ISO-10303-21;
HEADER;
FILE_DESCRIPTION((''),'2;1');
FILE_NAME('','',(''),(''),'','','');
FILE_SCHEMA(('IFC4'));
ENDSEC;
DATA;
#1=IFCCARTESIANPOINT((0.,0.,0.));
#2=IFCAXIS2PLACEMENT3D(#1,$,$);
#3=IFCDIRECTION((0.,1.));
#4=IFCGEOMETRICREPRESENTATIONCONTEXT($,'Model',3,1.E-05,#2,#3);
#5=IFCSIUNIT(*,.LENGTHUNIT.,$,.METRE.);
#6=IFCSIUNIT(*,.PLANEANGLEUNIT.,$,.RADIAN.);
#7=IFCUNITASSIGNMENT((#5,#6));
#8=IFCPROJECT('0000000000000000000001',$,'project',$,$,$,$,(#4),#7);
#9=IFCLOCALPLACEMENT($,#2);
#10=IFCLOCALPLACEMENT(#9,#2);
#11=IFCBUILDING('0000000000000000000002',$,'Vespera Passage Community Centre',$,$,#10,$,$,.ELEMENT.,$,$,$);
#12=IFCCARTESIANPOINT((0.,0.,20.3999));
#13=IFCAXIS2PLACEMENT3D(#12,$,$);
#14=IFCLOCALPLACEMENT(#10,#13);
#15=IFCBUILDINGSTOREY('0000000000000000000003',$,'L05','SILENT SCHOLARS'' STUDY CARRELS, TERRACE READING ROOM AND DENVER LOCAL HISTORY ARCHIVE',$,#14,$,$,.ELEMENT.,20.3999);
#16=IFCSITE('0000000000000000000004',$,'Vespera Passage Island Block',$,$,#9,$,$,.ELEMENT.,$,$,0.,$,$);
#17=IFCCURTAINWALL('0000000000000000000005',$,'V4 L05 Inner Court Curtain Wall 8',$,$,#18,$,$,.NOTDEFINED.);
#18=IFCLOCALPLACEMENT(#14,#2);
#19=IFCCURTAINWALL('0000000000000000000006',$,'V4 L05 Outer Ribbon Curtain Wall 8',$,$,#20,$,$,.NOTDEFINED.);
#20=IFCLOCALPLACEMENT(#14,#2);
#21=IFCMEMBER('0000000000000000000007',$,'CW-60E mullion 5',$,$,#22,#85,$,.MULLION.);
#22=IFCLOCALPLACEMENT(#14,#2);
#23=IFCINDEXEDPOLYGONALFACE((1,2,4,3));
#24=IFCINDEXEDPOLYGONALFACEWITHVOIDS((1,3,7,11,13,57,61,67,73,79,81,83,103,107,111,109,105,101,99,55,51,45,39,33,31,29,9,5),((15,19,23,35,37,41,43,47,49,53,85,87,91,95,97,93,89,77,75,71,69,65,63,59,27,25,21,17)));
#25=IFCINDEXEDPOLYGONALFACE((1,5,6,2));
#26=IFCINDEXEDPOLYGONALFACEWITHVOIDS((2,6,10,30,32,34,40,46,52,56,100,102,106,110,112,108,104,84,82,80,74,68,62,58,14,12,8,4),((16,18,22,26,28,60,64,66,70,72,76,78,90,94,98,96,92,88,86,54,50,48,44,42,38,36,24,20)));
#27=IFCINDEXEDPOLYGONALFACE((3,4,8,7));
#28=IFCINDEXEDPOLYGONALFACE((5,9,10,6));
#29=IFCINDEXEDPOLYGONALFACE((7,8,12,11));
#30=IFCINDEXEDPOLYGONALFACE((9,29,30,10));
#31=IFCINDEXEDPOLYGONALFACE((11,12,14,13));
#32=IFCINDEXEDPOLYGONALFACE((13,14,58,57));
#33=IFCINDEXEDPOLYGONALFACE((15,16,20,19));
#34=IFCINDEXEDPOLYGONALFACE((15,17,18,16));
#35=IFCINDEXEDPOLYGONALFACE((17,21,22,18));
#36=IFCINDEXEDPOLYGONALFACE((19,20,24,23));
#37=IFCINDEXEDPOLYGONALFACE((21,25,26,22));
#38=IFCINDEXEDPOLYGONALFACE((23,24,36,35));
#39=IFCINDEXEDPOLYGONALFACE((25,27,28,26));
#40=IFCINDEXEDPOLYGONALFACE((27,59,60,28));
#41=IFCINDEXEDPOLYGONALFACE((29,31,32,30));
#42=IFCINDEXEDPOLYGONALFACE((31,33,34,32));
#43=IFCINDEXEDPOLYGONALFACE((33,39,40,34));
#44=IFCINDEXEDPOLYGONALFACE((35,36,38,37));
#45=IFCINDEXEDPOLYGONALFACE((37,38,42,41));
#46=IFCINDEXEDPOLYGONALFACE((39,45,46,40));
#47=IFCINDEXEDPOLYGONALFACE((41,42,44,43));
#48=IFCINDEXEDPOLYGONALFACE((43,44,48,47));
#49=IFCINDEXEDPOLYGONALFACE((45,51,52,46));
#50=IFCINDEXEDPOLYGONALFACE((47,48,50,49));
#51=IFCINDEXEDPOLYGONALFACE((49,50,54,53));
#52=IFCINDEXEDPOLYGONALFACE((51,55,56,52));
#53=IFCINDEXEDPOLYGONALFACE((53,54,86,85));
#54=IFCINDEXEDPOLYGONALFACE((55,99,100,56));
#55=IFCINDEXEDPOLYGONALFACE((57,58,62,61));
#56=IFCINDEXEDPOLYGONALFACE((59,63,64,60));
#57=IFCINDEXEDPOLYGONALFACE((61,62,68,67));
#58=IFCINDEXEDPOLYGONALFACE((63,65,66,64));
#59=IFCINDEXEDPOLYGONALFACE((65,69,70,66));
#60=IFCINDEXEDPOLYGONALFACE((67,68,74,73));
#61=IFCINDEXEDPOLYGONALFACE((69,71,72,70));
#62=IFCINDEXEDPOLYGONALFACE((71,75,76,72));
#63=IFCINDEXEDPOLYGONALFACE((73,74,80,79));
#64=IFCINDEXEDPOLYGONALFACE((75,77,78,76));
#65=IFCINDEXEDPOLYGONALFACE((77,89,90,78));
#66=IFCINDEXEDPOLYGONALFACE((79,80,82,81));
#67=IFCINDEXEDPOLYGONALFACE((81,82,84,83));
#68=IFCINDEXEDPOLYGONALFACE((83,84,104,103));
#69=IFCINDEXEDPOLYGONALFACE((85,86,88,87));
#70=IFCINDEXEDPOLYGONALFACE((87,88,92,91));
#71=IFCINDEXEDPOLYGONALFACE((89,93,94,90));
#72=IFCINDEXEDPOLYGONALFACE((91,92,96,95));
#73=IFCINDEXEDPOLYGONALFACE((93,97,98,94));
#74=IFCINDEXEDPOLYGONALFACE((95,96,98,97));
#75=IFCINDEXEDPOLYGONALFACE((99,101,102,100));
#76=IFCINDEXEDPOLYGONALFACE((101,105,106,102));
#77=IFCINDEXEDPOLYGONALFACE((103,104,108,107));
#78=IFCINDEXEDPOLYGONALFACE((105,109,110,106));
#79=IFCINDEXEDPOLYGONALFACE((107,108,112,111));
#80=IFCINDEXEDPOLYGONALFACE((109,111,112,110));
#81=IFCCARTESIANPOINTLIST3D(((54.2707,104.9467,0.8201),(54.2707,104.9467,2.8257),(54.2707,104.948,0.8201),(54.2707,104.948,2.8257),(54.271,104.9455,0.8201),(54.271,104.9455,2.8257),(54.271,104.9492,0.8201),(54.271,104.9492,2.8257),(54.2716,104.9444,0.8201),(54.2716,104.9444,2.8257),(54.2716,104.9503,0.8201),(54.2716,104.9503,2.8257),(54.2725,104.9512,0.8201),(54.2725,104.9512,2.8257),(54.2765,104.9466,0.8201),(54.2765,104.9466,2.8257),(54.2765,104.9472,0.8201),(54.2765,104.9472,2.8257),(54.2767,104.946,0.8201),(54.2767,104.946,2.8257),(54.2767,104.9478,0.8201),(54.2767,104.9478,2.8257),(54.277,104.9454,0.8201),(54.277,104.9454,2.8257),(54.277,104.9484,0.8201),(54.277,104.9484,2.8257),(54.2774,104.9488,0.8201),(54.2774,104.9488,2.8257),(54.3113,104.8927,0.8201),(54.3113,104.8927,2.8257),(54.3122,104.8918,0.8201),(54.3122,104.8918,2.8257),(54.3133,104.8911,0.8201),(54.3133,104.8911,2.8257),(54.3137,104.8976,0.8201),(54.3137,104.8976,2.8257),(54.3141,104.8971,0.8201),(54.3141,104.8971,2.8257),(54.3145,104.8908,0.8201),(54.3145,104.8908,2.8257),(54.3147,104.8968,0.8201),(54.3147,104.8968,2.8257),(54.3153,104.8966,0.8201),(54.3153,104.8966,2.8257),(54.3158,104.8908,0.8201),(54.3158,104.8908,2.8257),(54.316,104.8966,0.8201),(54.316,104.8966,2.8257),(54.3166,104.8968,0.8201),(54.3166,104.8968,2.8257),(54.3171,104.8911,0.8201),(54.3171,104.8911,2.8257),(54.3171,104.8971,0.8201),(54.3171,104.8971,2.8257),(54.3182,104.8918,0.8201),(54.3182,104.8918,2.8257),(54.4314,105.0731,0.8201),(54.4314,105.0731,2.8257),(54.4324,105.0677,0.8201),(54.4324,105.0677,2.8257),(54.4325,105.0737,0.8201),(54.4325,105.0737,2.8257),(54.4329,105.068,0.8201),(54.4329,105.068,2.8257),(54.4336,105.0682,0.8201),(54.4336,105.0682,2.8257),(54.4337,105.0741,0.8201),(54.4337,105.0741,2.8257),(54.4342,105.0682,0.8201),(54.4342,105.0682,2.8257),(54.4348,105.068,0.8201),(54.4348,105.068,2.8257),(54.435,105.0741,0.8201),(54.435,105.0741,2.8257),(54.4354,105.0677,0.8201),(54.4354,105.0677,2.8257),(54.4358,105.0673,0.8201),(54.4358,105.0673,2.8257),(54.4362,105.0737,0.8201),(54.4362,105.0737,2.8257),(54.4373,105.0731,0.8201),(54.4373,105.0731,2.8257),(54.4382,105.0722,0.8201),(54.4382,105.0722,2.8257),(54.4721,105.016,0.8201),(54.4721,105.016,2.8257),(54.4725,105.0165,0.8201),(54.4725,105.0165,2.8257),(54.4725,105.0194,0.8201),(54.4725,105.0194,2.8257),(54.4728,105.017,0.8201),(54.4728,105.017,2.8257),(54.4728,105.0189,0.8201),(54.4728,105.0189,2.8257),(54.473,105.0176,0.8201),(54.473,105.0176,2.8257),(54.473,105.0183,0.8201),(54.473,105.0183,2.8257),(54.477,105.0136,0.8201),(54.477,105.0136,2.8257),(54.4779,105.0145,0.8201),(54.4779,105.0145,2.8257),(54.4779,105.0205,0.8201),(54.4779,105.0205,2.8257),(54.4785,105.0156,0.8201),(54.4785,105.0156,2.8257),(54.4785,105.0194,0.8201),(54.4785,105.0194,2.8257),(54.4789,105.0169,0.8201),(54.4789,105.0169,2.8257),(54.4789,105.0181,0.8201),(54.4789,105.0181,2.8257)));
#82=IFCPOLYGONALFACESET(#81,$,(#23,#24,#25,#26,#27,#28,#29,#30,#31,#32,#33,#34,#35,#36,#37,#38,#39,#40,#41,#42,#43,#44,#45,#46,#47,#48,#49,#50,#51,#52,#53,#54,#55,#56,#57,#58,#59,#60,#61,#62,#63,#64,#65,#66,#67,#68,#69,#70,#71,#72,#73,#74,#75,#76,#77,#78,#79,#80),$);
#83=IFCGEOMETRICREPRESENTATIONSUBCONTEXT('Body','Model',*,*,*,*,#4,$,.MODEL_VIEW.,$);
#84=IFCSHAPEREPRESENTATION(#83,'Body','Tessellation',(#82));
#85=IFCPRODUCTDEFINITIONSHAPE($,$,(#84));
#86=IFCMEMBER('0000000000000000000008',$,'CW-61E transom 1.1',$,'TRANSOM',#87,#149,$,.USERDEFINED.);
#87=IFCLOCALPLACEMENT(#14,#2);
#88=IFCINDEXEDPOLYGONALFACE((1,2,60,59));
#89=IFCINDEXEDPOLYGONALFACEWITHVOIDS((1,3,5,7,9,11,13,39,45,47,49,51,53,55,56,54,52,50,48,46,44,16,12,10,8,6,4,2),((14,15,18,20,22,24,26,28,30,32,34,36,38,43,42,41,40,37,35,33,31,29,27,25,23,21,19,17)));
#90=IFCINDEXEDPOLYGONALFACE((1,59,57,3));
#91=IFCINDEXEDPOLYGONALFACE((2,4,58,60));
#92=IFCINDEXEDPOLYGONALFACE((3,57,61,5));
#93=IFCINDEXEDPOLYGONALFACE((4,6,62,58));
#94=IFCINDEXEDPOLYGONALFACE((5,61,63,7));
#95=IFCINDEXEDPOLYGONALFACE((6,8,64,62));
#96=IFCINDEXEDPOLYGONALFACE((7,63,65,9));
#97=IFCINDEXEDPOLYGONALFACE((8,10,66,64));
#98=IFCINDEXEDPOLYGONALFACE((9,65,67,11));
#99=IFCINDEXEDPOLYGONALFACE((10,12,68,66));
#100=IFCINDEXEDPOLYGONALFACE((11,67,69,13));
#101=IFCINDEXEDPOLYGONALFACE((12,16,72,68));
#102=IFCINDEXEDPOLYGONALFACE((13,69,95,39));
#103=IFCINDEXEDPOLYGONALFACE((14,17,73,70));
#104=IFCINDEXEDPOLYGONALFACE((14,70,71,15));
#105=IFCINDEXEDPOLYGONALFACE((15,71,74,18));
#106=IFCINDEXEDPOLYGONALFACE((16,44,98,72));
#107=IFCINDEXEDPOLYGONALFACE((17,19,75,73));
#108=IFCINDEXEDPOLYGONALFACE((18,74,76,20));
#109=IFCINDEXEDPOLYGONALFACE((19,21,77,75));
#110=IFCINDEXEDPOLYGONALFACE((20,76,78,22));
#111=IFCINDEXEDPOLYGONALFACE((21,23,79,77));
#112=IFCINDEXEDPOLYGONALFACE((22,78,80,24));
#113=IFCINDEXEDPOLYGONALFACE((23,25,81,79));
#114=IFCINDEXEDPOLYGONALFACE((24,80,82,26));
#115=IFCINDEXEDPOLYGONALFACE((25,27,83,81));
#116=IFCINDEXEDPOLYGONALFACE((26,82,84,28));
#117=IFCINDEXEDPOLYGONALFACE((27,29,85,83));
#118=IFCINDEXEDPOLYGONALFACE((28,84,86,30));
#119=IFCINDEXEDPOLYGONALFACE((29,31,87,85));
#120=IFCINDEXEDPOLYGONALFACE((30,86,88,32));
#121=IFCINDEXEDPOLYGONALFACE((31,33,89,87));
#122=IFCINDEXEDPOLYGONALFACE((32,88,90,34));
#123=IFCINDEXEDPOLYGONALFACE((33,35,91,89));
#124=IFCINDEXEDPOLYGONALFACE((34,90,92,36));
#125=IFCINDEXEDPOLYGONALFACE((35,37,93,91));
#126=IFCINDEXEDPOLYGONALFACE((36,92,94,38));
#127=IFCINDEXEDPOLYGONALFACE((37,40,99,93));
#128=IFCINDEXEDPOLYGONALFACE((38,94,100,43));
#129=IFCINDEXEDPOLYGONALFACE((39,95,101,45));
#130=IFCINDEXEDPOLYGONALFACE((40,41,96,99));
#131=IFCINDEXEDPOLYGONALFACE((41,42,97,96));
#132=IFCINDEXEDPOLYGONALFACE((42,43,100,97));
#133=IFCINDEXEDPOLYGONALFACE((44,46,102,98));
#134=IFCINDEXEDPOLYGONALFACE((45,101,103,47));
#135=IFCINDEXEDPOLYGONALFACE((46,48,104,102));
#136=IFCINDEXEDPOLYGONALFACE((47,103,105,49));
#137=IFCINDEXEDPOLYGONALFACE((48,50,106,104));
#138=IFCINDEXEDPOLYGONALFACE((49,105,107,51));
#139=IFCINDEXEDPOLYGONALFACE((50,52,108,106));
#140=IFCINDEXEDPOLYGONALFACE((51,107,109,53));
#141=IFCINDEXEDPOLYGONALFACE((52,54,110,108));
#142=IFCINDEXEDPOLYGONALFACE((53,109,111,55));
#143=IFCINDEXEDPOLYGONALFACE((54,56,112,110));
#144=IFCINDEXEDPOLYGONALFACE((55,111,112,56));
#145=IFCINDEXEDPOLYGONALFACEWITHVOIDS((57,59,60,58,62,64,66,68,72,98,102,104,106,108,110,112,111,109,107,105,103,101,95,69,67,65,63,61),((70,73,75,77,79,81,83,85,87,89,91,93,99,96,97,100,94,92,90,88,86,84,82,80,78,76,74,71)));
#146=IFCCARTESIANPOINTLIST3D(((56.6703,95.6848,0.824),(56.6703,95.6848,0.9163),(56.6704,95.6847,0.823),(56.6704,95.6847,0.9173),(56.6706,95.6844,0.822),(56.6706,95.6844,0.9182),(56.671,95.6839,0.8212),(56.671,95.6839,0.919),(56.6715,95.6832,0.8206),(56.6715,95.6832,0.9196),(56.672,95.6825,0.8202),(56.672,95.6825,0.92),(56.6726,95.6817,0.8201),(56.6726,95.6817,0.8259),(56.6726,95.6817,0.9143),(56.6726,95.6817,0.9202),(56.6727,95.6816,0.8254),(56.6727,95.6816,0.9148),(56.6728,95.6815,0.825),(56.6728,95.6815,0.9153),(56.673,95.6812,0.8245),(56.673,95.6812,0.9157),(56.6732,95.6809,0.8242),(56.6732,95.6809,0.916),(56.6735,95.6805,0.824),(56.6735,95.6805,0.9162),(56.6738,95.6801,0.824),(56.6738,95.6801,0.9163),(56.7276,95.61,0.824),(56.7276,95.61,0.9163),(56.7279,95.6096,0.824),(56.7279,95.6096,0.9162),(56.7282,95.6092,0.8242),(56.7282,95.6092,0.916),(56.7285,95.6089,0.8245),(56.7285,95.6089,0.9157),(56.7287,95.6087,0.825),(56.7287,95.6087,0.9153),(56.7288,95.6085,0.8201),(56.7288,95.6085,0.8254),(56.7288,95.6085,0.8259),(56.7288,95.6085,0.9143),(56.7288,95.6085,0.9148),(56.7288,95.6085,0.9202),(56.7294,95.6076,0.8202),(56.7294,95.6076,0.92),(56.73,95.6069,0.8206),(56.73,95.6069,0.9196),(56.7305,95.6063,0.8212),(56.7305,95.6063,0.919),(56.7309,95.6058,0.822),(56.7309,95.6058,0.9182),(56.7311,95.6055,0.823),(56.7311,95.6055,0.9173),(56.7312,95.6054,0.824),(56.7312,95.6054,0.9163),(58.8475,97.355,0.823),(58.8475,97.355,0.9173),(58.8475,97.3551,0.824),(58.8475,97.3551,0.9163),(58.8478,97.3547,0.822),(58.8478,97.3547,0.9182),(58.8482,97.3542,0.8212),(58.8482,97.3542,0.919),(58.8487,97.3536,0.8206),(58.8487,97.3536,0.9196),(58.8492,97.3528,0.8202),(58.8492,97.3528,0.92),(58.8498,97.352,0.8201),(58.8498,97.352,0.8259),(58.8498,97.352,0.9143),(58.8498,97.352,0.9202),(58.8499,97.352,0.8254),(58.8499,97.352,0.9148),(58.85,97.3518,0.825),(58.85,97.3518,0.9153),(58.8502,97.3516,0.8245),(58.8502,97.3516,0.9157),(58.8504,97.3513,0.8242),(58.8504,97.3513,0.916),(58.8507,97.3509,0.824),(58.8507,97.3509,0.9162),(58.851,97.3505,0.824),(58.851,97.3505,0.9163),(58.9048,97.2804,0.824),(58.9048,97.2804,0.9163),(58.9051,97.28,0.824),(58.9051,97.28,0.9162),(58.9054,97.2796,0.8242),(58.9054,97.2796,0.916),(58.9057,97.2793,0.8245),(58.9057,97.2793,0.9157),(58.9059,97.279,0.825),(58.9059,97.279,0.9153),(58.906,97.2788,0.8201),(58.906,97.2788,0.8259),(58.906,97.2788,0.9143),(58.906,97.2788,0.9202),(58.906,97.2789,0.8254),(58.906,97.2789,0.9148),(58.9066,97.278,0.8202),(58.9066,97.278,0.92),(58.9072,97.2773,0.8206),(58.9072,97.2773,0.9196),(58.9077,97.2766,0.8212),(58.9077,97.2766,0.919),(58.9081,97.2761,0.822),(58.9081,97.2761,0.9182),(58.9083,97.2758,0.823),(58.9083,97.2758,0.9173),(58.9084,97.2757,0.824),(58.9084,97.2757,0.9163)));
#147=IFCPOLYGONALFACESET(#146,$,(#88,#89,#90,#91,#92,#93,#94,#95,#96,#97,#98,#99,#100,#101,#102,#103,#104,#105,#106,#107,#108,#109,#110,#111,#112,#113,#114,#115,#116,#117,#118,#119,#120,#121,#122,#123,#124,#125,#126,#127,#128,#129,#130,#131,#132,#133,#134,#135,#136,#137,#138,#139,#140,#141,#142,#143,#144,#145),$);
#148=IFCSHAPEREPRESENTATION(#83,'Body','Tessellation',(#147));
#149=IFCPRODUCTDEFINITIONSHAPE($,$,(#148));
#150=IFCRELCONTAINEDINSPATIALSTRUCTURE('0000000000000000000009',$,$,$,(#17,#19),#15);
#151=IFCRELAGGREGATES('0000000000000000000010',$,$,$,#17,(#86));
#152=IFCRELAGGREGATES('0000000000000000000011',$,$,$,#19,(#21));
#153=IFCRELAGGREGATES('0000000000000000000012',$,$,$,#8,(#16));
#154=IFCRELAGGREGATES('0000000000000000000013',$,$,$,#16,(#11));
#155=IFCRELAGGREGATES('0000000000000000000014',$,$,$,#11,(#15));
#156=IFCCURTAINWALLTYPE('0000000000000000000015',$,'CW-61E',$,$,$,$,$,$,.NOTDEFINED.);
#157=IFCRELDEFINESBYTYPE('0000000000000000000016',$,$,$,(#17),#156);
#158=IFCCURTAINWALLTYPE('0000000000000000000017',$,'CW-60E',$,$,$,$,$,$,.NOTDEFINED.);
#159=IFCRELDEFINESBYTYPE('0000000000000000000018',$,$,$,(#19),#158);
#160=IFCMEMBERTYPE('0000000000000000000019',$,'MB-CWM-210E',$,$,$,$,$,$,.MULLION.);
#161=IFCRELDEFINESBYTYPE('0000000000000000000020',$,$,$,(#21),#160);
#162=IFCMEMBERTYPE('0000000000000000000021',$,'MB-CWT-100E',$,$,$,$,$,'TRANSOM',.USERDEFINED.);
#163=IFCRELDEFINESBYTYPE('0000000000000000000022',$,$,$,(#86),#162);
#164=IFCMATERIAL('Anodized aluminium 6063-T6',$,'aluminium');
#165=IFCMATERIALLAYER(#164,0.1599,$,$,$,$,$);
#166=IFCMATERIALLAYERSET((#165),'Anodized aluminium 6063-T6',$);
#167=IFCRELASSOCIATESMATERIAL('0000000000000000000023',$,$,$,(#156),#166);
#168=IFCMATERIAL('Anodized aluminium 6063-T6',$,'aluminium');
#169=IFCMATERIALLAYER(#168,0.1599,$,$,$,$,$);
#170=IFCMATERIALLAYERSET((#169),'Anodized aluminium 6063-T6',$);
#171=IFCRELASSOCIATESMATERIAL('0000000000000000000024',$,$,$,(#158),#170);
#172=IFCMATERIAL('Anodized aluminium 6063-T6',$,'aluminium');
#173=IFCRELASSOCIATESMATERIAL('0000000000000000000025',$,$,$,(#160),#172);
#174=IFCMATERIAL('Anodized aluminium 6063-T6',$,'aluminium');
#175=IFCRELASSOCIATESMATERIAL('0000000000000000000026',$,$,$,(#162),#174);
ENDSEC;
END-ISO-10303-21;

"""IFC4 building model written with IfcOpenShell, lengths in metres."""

from ifc_helpers import new_model, si_unit, direction, frame, origin, origin_2d, place, context, subcontext, project, spatial, hollow_rectangle, extrude, material, layer, layer_set, material_profile, profile_set, type_object, element, aggregate, save


model = new_model("IFC4")

# Units and contexts
model_context = context("Model", 3, precision=1e-05, world=origin(), true_north=direction((0.0, 1.0)))
body_context = subcontext(model_context, "Body", "Model", "MODEL_VIEW")
ifc_project = project(units=[si_unit("LENGTHUNIT", "METRE"), si_unit("PLANEANGLEUNIT", "RADIAN")], contexts=[model_context])

# Site, building, storey
site_placement = place(None, origin())
site = spatial("IfcSite", under=ifc_project, at=site_placement, Name="Vespera Passage Island Block", CompositionType="ELEMENT", RefElevation=0.0)
building_placement = place(site_placement, origin())
building = spatial("IfcBuilding", under=site, at=building_placement, Name="Vespera Passage Community Centre", CompositionType="ELEMENT")
storey_placement = place(building_placement, frame((0.0, 0.0, 20.3999)))
storey = spatial("IfcBuildingStorey", under=building, at=storey_placement, Name="L05", Description="SILENT SCHOLARS' STUDY CARRELS, TERRACE READING ROOM AND DENVER LOCAL HISTORY ARCHIVE", CompositionType="ELEMENT", Elevation=20.3999)

# Curtain wall
ifc_material_1 = material(Name="Anodized aluminium 6063-T6", Category="aluminium")
ifc_layer_1 = layer(ifc_material_1, 0.1599)
ifc_layer_set_1 = layer_set([ifc_layer_1], Name="Anodized aluminium 6063-T6")
curtain_wall_type_1 = type_object("IfcCurtainWallType", Name="CW-61E", PredefinedType="NOTDEFINED", material=ifc_layer_set_1)
curtain_wall_1_placement = place(storey_placement, origin())
curtain_wall_1 = element("IfcCurtainWall", 1, at=curtain_wall_1_placement, inside=storey, type_object=curtain_wall_type_1, Name="V4 L05 Inner Court Curtain Wall 8", PredefinedType="NOTDEFINED")

# Curtain wall, member
ifc_material_2 = material(Name="Anodized aluminium 6063-T6", Category="aluminium")
ifc_layer_2 = layer(ifc_material_2, 0.1599)
ifc_layer_set_2 = layer_set([ifc_layer_2], Name="Anodized aluminium 6063-T6")
curtain_wall_type_2 = type_object("IfcCurtainWallType", Name="CW-60E", PredefinedType="NOTDEFINED", material=ifc_layer_set_2)
curtain_wall_2_placement = place(storey_placement, origin())
curtain_wall_2 = element("IfcCurtainWall", 2, at=curtain_wall_2_placement, inside=storey, type_object=curtain_wall_type_2, Name="V4 L05 Outer Ribbon Curtain Wall 8", PredefinedType="NOTDEFINED")
ifc_material_3 = material(Name="Anodized aluminium 6063-T6", Category="aluminium")
ifc_material_profile_1 = material_profile(ifc_material_3, hollow_rectangle(XDim=0.075, YDim=0.21, WallThickness=0.0049, InnerFilletRadius=0.0024, OuterFilletRadius=0.0049, at=origin_2d()), Name="ALU210X75X5")
ifc_profile_set_1 = profile_set([ifc_material_profile_1], Name="Anodized aluminium 6063-T6")
member_type_1 = type_object("IfcMemberType", Name="MB-CWM-210E", PredefinedType="MULLION", material=ifc_profile_set_1)
member_1_placement = place(storey_placement, frame((54.3748, 104.9824, 0.8201), z_axis=(0.0, 0.0, 1.0), x_axis=(-0.608768, 0.793348, 0.0)))
member_1 = element("IfcMember", 3, at=member_1_placement, type_object=member_type_1, Name="CW-60E mullion 5", PredefinedType="MULLION", context=body_context, shape_type="SweptSolid", body=[
    extrude(hollow_rectangle(XDim=0.075, YDim=0.21, WallThickness=0.0049, InnerFilletRadius=0.0024, OuterFilletRadius=0.0049, at=origin_2d()), origin(), (0.0, 0.0, 1.0), 2.0056),
])

# Member
ifc_material_4 = material(Name="Anodized aluminium 6063-T6", Category="aluminium")
ifc_material_profile_2 = material_profile(ifc_material_4, hollow_rectangle(XDim=0.1001, YDim=0.1001, WallThickness=0.0039, InnerFilletRadius=0.002, OuterFilletRadius=0.0039, at=origin_2d()), Name="ALU100X100X4")
ifc_profile_set_2 = profile_set([ifc_material_profile_2], Name="Anodized aluminium 6063-T6")
member_type_2 = type_object("IfcMemberType", Name="MB-CWT-100E", ElementType="TRANSOM", PredefinedType="USERDEFINED", material=ifc_profile_set_2)
member_2_placement = place(storey_placement, frame((58.8779, 97.3154, 0.8701), z_axis=(-0.793397, -0.608704, 0.0), x_axis=(0.608704, -0.793397, 0.0)))
member_2 = element("IfcMember", 4, at=member_2_placement, type_object=member_type_2, Name="CW-61E transom 1.1", ObjectType="TRANSOM", PredefinedType="USERDEFINED", context=body_context, shape_type="SweptSolid", body=[
    extrude(hollow_rectangle(XDim=0.1001, YDim=0.1001, WallThickness=0.0039, InnerFilletRadius=0.002, OuterFilletRadius=0.0039, at=origin_2d()), origin(), (0.0, 0.0, 1.0), 2.7441),
])
aggregate(curtain_wall_1, [member_2])

aggregate(curtain_wall_2, [member_1])

save(model, "model.ifc")
